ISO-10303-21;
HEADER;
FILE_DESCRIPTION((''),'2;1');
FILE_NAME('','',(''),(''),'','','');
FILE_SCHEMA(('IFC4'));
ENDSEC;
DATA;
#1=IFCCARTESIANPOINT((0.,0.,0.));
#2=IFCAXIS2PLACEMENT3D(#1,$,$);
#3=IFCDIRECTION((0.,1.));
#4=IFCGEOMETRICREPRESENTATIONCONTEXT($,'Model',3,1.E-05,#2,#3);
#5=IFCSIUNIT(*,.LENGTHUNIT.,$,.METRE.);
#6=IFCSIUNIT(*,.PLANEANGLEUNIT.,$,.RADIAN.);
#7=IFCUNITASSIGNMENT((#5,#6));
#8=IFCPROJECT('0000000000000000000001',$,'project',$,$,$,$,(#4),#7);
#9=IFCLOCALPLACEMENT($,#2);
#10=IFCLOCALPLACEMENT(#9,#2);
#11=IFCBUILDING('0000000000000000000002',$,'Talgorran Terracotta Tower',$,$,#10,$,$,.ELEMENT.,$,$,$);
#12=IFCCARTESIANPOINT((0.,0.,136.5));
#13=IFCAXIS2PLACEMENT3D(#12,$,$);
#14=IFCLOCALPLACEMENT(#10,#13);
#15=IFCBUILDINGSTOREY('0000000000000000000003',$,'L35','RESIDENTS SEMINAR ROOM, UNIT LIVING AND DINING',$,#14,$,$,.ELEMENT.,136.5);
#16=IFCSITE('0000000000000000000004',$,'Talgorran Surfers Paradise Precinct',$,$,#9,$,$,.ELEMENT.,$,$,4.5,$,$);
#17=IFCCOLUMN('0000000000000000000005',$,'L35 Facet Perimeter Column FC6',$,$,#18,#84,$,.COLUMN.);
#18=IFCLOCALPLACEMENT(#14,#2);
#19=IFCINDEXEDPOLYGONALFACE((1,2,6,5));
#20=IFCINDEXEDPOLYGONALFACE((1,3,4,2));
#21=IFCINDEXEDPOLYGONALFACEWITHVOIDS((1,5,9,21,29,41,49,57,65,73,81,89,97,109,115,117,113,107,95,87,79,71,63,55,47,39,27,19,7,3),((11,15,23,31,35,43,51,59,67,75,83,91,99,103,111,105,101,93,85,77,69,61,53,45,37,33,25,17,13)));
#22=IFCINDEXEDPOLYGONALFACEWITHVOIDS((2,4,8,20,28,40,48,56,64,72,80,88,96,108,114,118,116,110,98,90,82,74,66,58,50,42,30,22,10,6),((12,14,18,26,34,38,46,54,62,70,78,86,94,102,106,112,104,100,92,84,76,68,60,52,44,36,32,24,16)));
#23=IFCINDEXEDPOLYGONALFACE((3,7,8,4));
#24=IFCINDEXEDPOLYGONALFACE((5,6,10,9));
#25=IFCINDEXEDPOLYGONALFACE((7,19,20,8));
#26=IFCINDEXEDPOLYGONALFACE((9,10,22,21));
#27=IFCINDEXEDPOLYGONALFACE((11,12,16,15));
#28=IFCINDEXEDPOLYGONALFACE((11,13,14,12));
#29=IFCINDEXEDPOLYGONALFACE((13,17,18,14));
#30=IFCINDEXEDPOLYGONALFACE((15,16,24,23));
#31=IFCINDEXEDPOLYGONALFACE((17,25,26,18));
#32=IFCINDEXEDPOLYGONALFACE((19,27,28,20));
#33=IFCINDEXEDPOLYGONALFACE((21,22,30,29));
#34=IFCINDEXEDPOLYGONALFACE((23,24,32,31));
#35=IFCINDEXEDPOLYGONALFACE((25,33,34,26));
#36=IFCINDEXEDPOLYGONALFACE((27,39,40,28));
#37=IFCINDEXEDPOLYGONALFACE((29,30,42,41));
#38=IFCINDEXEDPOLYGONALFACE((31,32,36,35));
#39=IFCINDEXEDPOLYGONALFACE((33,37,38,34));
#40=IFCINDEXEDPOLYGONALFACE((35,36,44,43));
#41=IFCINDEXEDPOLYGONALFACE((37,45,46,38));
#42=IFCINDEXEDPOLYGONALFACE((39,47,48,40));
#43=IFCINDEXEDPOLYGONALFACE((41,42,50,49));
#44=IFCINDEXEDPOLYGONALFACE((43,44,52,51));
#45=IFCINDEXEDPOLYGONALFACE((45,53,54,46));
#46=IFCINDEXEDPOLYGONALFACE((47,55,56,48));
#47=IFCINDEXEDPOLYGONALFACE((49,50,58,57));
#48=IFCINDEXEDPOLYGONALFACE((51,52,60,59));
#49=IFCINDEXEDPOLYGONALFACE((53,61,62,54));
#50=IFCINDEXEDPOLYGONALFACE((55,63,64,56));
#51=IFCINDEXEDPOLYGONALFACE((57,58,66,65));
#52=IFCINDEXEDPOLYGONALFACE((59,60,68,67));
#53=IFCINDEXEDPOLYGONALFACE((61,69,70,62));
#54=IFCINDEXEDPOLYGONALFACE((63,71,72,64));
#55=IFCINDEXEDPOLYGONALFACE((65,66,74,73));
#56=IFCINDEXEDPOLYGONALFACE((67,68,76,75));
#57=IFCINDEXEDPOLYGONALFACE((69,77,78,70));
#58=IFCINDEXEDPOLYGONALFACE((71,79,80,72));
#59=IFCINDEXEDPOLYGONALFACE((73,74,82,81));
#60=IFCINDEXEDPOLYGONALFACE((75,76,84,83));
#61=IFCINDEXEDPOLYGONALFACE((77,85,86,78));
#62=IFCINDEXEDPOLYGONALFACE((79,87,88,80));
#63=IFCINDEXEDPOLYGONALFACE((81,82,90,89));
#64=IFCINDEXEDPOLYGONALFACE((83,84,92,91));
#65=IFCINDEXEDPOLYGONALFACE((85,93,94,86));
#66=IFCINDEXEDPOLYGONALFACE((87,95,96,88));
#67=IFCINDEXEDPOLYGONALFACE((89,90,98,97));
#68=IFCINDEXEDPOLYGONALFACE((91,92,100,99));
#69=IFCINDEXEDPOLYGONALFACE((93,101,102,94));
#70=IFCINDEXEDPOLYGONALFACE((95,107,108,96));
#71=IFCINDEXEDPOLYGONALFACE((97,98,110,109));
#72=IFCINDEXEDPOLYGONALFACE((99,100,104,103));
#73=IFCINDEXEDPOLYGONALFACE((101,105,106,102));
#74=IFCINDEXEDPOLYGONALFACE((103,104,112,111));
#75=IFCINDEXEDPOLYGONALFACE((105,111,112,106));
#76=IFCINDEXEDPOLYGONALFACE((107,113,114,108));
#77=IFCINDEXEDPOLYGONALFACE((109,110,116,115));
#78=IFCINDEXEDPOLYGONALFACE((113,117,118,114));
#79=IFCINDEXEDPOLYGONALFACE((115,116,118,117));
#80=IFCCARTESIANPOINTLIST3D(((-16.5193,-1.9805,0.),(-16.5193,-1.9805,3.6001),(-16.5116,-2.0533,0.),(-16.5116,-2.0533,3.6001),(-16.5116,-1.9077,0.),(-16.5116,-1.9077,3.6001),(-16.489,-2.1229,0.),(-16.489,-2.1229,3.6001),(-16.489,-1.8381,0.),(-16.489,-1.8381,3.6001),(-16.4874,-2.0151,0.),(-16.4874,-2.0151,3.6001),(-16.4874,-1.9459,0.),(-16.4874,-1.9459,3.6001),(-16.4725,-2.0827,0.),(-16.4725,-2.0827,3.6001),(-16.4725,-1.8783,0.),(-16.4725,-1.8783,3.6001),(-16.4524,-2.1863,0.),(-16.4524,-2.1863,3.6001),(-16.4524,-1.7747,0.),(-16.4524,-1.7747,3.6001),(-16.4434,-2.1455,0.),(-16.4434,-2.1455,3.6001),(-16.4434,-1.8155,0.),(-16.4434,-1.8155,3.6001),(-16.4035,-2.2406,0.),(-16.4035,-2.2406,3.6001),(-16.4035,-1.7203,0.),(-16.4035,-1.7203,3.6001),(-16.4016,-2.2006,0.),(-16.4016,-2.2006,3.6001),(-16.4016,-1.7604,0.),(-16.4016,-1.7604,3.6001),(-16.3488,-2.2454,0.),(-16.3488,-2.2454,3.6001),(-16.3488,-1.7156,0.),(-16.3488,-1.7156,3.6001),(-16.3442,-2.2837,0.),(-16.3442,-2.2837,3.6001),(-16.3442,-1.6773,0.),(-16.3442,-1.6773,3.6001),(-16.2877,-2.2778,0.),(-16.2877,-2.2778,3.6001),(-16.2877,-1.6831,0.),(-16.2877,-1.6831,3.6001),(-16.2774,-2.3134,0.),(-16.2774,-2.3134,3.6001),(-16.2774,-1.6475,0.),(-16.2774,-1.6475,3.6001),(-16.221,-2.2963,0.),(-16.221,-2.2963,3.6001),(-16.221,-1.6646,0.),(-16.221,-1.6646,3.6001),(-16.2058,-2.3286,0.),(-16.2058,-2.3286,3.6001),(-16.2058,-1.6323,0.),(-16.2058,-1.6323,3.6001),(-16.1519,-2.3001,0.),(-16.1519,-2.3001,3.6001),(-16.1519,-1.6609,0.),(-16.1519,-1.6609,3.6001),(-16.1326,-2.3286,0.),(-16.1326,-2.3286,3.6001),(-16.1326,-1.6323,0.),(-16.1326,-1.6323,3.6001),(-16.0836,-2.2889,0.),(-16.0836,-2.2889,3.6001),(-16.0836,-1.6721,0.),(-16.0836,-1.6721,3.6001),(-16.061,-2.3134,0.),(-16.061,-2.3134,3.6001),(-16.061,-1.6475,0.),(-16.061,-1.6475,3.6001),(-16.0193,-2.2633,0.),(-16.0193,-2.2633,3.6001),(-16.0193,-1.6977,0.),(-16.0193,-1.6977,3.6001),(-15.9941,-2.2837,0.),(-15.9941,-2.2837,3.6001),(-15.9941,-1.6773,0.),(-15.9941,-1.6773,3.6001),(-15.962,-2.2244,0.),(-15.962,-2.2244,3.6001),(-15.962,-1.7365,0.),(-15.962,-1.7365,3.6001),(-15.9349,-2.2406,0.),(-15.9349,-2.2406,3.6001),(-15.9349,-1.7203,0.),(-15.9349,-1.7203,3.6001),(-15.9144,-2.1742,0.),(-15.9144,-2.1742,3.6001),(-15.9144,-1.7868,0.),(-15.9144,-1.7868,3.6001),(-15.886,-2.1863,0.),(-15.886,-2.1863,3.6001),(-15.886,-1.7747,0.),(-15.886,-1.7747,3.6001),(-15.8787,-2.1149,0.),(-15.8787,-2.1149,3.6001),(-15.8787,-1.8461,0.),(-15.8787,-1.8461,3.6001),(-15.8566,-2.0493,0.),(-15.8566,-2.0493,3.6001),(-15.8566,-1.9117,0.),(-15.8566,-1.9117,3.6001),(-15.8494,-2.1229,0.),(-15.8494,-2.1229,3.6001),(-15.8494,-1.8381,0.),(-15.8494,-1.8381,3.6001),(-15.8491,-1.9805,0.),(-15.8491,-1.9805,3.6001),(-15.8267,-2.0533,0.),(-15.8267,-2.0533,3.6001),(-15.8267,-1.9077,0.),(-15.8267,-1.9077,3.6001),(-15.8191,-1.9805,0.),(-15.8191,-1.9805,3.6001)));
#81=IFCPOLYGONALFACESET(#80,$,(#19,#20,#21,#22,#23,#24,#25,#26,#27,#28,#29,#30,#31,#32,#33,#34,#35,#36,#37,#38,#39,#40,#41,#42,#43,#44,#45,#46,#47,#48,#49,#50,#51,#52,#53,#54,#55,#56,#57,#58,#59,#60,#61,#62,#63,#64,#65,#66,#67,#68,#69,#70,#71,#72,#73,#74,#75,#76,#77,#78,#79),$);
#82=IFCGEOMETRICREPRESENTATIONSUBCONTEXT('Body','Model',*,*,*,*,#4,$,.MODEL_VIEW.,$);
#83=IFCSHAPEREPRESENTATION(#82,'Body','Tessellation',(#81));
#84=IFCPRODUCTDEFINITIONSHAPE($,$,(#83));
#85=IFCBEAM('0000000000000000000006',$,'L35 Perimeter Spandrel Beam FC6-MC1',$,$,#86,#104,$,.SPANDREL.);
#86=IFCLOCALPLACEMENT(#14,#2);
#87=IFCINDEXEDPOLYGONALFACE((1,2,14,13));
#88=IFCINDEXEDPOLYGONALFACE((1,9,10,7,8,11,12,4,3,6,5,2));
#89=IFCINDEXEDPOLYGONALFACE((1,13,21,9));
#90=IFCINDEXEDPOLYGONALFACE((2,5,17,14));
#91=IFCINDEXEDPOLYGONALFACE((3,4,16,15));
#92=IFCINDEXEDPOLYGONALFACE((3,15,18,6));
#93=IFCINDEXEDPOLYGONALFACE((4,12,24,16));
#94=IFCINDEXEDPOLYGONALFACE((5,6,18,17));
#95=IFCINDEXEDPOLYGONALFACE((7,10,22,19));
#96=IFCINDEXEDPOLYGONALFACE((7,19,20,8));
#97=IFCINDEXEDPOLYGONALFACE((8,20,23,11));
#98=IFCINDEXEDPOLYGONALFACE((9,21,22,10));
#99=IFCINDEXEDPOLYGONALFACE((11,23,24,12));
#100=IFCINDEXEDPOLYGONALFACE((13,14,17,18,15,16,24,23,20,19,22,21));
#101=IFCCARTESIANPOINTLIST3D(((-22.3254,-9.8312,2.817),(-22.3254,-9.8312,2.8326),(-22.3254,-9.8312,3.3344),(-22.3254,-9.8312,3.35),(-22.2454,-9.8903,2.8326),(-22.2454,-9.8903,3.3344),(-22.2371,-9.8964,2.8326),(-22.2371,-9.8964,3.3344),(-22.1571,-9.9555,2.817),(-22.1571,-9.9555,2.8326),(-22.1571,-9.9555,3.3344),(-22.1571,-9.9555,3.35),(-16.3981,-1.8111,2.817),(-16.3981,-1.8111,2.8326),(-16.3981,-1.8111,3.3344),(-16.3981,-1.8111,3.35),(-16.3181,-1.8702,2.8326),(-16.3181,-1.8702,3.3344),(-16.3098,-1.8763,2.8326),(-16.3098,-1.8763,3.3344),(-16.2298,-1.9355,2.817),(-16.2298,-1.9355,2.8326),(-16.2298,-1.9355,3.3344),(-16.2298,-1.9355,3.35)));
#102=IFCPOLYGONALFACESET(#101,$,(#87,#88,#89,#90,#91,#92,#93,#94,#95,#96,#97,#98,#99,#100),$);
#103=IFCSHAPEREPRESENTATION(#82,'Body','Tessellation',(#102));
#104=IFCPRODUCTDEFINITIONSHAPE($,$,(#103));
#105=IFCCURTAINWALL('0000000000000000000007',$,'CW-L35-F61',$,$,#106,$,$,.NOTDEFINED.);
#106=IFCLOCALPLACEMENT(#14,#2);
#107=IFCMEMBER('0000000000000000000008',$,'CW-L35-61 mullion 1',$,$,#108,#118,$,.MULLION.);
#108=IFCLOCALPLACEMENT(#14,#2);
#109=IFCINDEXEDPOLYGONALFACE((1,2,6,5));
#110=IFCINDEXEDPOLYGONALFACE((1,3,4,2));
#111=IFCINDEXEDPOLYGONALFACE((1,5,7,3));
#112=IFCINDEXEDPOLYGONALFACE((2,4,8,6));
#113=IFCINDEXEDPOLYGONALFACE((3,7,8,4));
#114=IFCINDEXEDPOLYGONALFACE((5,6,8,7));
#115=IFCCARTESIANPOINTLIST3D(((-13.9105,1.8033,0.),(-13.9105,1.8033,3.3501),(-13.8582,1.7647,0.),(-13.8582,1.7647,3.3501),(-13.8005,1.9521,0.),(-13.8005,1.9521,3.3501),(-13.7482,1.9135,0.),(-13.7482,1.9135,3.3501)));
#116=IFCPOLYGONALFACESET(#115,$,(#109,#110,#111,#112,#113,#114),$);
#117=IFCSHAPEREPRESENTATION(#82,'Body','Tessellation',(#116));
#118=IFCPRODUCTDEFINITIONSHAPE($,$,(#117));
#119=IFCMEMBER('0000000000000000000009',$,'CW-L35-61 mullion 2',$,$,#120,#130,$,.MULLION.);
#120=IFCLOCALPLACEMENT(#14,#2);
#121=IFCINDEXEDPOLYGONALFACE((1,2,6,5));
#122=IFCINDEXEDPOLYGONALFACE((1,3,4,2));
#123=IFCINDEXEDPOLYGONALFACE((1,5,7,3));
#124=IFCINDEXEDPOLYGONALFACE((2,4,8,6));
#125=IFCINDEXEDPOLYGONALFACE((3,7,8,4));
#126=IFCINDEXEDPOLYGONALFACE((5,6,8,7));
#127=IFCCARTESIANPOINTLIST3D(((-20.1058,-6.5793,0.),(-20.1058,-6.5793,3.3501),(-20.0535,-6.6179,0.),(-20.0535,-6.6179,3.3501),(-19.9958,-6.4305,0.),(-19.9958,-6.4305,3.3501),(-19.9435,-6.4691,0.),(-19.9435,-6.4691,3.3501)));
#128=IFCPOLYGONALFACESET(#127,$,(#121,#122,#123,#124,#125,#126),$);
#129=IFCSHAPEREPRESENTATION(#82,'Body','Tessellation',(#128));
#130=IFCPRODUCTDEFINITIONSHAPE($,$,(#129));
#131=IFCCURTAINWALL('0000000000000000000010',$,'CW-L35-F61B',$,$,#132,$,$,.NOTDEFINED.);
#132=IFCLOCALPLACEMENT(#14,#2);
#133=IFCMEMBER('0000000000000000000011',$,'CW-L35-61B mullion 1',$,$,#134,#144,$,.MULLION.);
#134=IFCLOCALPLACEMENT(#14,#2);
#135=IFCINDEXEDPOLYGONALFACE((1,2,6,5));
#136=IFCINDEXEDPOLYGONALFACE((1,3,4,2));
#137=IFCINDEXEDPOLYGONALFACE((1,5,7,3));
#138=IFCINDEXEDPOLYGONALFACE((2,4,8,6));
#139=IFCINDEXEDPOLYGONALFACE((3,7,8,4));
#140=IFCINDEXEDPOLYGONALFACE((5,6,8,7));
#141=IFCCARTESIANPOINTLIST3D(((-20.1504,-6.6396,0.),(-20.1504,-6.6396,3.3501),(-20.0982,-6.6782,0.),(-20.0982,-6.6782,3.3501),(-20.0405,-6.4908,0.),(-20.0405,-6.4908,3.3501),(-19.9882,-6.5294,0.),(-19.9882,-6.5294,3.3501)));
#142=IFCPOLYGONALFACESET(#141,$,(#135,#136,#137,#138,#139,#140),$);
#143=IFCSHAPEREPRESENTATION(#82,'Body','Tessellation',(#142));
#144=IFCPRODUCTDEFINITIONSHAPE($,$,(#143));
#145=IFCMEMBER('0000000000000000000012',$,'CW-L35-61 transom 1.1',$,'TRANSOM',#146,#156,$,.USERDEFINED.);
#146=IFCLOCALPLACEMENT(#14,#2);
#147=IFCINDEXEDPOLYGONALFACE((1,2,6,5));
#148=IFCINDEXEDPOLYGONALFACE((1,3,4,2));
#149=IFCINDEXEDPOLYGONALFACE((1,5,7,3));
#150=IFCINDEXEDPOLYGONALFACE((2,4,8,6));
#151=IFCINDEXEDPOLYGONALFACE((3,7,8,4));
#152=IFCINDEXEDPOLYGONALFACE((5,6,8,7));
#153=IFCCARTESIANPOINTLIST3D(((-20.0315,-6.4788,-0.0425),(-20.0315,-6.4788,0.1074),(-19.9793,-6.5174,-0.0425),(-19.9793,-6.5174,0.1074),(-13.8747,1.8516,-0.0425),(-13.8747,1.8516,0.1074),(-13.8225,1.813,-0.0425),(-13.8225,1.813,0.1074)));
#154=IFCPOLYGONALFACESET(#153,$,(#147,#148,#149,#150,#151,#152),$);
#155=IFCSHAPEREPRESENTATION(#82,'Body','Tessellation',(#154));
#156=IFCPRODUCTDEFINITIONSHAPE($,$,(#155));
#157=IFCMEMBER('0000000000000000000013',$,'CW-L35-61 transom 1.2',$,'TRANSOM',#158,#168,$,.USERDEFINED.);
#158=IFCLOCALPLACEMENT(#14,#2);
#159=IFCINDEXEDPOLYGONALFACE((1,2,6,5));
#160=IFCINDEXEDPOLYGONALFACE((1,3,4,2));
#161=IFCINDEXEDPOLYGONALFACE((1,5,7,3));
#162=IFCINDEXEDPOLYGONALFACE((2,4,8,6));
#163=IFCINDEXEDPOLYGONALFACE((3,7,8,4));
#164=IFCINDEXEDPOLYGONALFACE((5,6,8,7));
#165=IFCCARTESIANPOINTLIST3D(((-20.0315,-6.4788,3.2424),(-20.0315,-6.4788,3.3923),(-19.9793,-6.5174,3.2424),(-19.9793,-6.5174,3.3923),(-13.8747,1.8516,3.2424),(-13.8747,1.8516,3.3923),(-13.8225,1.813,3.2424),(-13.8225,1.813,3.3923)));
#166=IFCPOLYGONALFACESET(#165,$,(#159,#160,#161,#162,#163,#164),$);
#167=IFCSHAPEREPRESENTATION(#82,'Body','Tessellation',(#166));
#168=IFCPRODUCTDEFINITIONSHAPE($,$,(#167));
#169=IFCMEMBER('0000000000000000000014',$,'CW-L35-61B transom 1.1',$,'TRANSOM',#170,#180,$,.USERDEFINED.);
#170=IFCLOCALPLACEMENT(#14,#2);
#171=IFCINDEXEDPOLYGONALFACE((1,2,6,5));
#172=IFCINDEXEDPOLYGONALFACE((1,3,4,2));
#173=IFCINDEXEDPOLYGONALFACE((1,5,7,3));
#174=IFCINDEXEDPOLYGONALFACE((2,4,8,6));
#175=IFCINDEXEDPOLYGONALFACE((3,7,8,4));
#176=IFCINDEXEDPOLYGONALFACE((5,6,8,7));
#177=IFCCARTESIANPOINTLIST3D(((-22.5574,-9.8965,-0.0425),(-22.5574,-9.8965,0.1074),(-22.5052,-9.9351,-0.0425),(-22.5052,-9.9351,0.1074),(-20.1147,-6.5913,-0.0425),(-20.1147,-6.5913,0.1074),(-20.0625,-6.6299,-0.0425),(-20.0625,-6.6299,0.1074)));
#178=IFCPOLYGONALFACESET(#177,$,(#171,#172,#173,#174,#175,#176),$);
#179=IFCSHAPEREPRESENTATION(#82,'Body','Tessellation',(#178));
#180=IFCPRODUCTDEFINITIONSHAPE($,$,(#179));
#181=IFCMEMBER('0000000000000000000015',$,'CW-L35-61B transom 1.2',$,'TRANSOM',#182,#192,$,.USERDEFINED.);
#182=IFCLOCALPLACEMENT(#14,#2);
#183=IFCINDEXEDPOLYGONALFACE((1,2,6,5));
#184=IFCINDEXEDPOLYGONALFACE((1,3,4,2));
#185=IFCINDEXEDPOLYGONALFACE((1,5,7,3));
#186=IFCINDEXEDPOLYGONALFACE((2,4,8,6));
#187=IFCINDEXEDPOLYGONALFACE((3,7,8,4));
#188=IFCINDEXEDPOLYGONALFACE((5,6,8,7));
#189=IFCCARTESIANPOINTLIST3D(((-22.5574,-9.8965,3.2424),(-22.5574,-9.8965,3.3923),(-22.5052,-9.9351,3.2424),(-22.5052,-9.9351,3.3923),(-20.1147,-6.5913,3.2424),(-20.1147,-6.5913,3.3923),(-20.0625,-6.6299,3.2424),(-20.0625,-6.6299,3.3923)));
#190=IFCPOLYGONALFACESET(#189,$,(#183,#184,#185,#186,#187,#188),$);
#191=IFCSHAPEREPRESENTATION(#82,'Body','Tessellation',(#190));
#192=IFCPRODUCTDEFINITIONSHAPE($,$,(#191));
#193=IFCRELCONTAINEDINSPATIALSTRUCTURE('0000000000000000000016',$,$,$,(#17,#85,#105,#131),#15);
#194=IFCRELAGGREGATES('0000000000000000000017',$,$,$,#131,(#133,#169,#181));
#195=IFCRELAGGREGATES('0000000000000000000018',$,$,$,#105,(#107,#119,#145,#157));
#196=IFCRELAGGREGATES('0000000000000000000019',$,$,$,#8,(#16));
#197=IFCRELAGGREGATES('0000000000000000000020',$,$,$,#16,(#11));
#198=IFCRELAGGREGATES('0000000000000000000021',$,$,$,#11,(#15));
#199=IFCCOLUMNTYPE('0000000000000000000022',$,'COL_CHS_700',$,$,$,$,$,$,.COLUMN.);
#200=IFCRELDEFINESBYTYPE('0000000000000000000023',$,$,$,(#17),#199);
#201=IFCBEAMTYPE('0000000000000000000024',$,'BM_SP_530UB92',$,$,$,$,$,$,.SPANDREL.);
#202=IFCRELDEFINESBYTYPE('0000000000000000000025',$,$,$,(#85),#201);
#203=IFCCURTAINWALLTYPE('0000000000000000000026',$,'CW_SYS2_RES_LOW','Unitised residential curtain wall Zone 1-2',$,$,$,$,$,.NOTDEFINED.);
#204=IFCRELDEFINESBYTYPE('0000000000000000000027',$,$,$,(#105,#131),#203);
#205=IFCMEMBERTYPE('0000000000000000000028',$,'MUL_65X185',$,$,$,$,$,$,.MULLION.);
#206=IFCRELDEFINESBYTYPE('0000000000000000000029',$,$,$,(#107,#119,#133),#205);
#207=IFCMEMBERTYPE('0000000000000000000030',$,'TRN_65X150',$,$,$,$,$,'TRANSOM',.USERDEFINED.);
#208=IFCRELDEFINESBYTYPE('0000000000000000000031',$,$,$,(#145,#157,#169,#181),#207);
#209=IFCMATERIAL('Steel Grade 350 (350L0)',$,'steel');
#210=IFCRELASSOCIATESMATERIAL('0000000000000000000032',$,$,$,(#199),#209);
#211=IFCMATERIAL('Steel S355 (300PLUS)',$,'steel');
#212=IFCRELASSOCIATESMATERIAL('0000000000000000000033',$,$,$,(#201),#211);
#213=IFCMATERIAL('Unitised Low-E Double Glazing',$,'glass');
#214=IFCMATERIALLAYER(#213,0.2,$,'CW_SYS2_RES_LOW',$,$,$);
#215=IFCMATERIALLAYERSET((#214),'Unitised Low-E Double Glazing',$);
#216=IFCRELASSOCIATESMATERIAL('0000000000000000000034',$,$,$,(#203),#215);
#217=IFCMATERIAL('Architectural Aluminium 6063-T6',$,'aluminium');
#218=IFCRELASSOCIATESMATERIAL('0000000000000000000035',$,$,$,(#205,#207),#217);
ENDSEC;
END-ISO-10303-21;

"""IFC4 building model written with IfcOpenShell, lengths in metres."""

from ifc_helpers import new_model, si_unit, direction, frame, origin, origin_2d, place, context, subcontext, project, spatial, rectangle, hollow_circle, i_section, extrude, material, layer, layer_set, material_profile, profile_set, type_object, element, aggregate, save


model = new_model("IFC4")

# Units and contexts
model_context = context("Model", 3, precision=1e-05, world=origin(), true_north=direction((0.0, 1.0)))
body_context = subcontext(model_context, "Body", "Model", "MODEL_VIEW")
ifc_project = project(units=[si_unit("LENGTHUNIT", "METRE"), si_unit("PLANEANGLEUNIT", "RADIAN")], contexts=[model_context])

# Site, building, storey
site_placement = place(None, origin())
site = spatial("IfcSite", under=ifc_project, at=site_placement, Name="Talgorran Surfers Paradise Precinct", CompositionType="ELEMENT", RefElevation=4.5)
building_placement = place(site_placement, origin())
building = spatial("IfcBuilding", under=site, at=building_placement, Name="Talgorran Terracotta Tower", CompositionType="ELEMENT")
storey_placement = place(building_placement, frame((0.0, 0.0, 136.5)))
storey = spatial("IfcBuildingStorey", under=building, at=storey_placement, Name="L35", Description="RESIDENTS SEMINAR ROOM, UNIT LIVING AND DINING", CompositionType="ELEMENT", Elevation=136.5)

# Column
ifc_material_1 = material(Name="Steel Grade 350 (350L0)", Category="steel")
ifc_material_profile_1 = material_profile(ifc_material_1, hollow_circle(Radius=0.3501, WallThickness=0.03, at=origin_2d()), Name="CHS700X30")
ifc_profile_set_1 = profile_set([ifc_material_profile_1], Name="Steel Grade 350 (350L0)")
column_type = type_object("IfcColumnType", Name="COL_CHS_700", PredefinedType="COLUMN", material=ifc_profile_set_1)
column_placement = place(storey_placement, frame((-16.1692, -1.9805, 0.0), z_axis=(0.0, 0.0, 1.0), x_axis=(1.0, 0.0, 0.0)))
element("IfcColumn", 1, at=column_placement, inside=storey, type_object=column_type, Name="L35 Facet Perimeter Column FC6", PredefinedType="COLUMN", context=body_context, shape_type="SweptSolid", body=[
    extrude(hollow_circle(Radius=0.3501, WallThickness=0.03, at=origin_2d()), origin(), (0.0, 0.0, 1.0), 3.6001),
])

# Beam
ifc_material_2 = material(Name="Steel S355 (300PLUS)", Category="steel")
ifc_material_profile_2 = material_profile(ifc_material_2, i_section(OverallWidth=0.2092, OverallDepth=0.533, WebThickness=0.0103, FlangeThickness=0.0156, at=origin_2d()), Name="530UB92.4")
ifc_profile_set_2 = profile_set([ifc_material_profile_2], Name="Steel S355 (300PLUS)")
beam_type = type_object("IfcBeamType", Name="BM_SP_530UB92", PredefinedType="SPANDREL", material=ifc_profile_set_2)
beam_placement = place(storey_placement, frame((-16.314, -1.8733, 3.0835), z_axis=(-0.594353, -0.804205, 0.0), x_axis=(0.804205, -0.594353, 0.0)))
element("IfcBeam", 2, at=beam_placement, inside=storey, type_object=beam_type, Name="L35 Perimeter Spandrel Beam FC6-MC1", PredefinedType="SPANDREL", context=body_context, shape_type="SweptSolid", body=[
    extrude(i_section(OverallWidth=0.2092, OverallDepth=0.533, WebThickness=0.0103, FlangeThickness=0.0156, at=origin_2d()), origin(), (0.0, 0.0, 1.0), 9.9727),
])

# Curtain wall, members
ifc_material_3 = material(Name="Unitised Low-E Double Glazing", Category="glass")
ifc_layer_1 = layer(ifc_material_3, 0.2, Name="CW_SYS2_RES_LOW")
ifc_layer_set_1 = layer_set([ifc_layer_1], Name="Unitised Low-E Double Glazing")
curtain_wall_type = type_object("IfcCurtainWallType", Name="CW_SYS2_RES_LOW", Description="Unitised residential curtain wall Zone 1-2", PredefinedType="NOTDEFINED", material=ifc_layer_set_1)
curtain_wall_1_placement = place(storey_placement, origin())
curtain_wall_1 = element("IfcCurtainWall", 3, at=curtain_wall_1_placement, inside=storey, type_object=curtain_wall_type, Name="CW-L35-F61", PredefinedType="NOTDEFINED")
ifc_material_4 = material(Name="Architectural Aluminium 6063-T6", Category="aluminium")
ifc_material_profile_3 = material_profile(ifc_material_4, rectangle(XDim=0.0649, YDim=0.1851, at=origin_2d()), Name="CWM65X185")
ifc_profile_set_3 = profile_set([ifc_material_profile_3], Name="Architectural Aluminium 6063-T6")
member_type_1 = type_object("IfcMemberType", Name="MUL_65X185", PredefinedType="MULLION", material=ifc_profile_set_3)
member_1_placement = place(storey_placement, frame((-13.8293, 1.8584, 0.0), z_axis=(0.0, 0.0, 1.0), x_axis=(0.804199, -0.594361, 0.0)))
member_1 = element("IfcMember", 4, at=member_1_placement, type_object=member_type_1, Name="CW-L35-61 mullion 1", PredefinedType="MULLION", context=body_context, shape_type="SweptSolid", body=[
    extrude(rectangle(XDim=0.0649, YDim=0.1851, at=origin_2d()), origin(), (0.0, 0.0, 1.0), 3.3501),
])
member_2_placement = place(storey_placement, frame((-20.0247, -6.5242, 0.0), z_axis=(0.0, 0.0, 1.0), x_axis=(0.804199, -0.594361, 0.0)))
member_2 = element("IfcMember", 5, at=member_2_placement, type_object=member_type_1, Name="CW-L35-61 mullion 2", PredefinedType="MULLION", context=body_context, shape_type="SweptSolid", body=[
    extrude(rectangle(XDim=0.0649, YDim=0.1851, at=origin_2d()), origin(), (0.0, 0.0, 1.0), 3.3501),
])

# Curtain wall, member
curtain_wall_2_placement = place(storey_placement, origin())
curtain_wall_2 = element("IfcCurtainWall", 6, at=curtain_wall_2_placement, inside=storey, type_object=curtain_wall_type, Name="CW-L35-F61B", PredefinedType="NOTDEFINED")
member_3_placement = place(storey_placement, frame((-20.0693, -6.5845, 0.0), z_axis=(0.0, 0.0, 1.0), x_axis=(0.8042, -0.594359, 0.0)))
member_3 = element("IfcMember", 7, at=member_3_placement, type_object=member_type_1, Name="CW-L35-61B mullion 1", PredefinedType="MULLION", context=body_context, shape_type="SweptSolid", body=[
    extrude(rectangle(XDim=0.0649, YDim=0.1851, at=origin_2d()), origin(), (0.0, 0.0, 1.0), 3.3501),
])

# Members
ifc_material_profile_4 = material_profile(ifc_material_4, rectangle(XDim=0.0649, YDim=0.1499, at=origin_2d()), Name="CWT65X150")
ifc_profile_set_4 = profile_set([ifc_material_profile_4], Name="Architectural Aluminium 6063-T6")
member_type_2 = type_object("IfcMemberType", Name="TRN_65X150", ElementType="TRANSOM", PredefinedType="USERDEFINED", material=ifc_profile_set_4)
member_4_placement = place(storey_placement, frame((-13.8486, 1.8323, 0.0325), z_axis=(-0.594363, -0.804197, 0.0), x_axis=(0.804197, -0.594363, 0.0)))
member_4 = element("IfcMember", 8, at=member_4_placement, type_object=member_type_2, Name="CW-L35-61 transom 1.1", ObjectType="TRANSOM", PredefinedType="USERDEFINED", context=body_context, shape_type="SweptSolid", body=[
    extrude(rectangle(XDim=0.0649, YDim=0.1499, at=origin_2d()), origin(), (0.0, 0.0, 1.0), 10.3586),
])
member_5_placement = place(storey_placement, frame((-13.8486, 1.8323, 3.3174), z_axis=(-0.594363, -0.804197, 0.0), x_axis=(0.804197, -0.594363, 0.0)))
member_5 = element("IfcMember", 9, at=member_5_placement, type_object=member_type_2, Name="CW-L35-61 transom 1.2", ObjectType="TRANSOM", PredefinedType="USERDEFINED", context=body_context, shape_type="SweptSolid", body=[
    extrude(rectangle(XDim=0.0649, YDim=0.1499, at=origin_2d()), origin(), (0.0, 0.0, 1.0), 10.3586),
])
member_6_placement = place(storey_placement, frame((-20.0886, -6.6106, 0.0325), z_axis=(-0.594339, -0.804214, 0.0), x_axis=(0.804214, -0.594339, 0.0)))
member_6 = element("IfcMember", 10, at=member_6_placement, type_object=member_type_2, Name="CW-L35-61B transom 1.1", ObjectType="TRANSOM", PredefinedType="USERDEFINED", context=body_context, shape_type="SweptSolid", body=[
    extrude(rectangle(XDim=0.0649, YDim=0.1499, at=origin_2d()), origin(), (0.0, 0.0, 1.0), 4.1099),
])
member_7_placement = place(storey_placement, frame((-20.0886, -6.6106, 3.3174), z_axis=(-0.594339, -0.804214, 0.0), x_axis=(0.804214, -0.594339, 0.0)))
member_7 = element("IfcMember", 11, at=member_7_placement, type_object=member_type_2, Name="CW-L35-61B transom 1.2", ObjectType="TRANSOM", PredefinedType="USERDEFINED", context=body_context, shape_type="SweptSolid", body=[
    extrude(rectangle(XDim=0.0649, YDim=0.1499, at=origin_2d()), origin(), (0.0, 0.0, 1.0), 4.1099),
])
aggregate(curtain_wall_2, [member_3, member_6, member_7])

aggregate(curtain_wall_1, [member_1, member_2, member_4, member_5])

save(model, "model.ifc")
